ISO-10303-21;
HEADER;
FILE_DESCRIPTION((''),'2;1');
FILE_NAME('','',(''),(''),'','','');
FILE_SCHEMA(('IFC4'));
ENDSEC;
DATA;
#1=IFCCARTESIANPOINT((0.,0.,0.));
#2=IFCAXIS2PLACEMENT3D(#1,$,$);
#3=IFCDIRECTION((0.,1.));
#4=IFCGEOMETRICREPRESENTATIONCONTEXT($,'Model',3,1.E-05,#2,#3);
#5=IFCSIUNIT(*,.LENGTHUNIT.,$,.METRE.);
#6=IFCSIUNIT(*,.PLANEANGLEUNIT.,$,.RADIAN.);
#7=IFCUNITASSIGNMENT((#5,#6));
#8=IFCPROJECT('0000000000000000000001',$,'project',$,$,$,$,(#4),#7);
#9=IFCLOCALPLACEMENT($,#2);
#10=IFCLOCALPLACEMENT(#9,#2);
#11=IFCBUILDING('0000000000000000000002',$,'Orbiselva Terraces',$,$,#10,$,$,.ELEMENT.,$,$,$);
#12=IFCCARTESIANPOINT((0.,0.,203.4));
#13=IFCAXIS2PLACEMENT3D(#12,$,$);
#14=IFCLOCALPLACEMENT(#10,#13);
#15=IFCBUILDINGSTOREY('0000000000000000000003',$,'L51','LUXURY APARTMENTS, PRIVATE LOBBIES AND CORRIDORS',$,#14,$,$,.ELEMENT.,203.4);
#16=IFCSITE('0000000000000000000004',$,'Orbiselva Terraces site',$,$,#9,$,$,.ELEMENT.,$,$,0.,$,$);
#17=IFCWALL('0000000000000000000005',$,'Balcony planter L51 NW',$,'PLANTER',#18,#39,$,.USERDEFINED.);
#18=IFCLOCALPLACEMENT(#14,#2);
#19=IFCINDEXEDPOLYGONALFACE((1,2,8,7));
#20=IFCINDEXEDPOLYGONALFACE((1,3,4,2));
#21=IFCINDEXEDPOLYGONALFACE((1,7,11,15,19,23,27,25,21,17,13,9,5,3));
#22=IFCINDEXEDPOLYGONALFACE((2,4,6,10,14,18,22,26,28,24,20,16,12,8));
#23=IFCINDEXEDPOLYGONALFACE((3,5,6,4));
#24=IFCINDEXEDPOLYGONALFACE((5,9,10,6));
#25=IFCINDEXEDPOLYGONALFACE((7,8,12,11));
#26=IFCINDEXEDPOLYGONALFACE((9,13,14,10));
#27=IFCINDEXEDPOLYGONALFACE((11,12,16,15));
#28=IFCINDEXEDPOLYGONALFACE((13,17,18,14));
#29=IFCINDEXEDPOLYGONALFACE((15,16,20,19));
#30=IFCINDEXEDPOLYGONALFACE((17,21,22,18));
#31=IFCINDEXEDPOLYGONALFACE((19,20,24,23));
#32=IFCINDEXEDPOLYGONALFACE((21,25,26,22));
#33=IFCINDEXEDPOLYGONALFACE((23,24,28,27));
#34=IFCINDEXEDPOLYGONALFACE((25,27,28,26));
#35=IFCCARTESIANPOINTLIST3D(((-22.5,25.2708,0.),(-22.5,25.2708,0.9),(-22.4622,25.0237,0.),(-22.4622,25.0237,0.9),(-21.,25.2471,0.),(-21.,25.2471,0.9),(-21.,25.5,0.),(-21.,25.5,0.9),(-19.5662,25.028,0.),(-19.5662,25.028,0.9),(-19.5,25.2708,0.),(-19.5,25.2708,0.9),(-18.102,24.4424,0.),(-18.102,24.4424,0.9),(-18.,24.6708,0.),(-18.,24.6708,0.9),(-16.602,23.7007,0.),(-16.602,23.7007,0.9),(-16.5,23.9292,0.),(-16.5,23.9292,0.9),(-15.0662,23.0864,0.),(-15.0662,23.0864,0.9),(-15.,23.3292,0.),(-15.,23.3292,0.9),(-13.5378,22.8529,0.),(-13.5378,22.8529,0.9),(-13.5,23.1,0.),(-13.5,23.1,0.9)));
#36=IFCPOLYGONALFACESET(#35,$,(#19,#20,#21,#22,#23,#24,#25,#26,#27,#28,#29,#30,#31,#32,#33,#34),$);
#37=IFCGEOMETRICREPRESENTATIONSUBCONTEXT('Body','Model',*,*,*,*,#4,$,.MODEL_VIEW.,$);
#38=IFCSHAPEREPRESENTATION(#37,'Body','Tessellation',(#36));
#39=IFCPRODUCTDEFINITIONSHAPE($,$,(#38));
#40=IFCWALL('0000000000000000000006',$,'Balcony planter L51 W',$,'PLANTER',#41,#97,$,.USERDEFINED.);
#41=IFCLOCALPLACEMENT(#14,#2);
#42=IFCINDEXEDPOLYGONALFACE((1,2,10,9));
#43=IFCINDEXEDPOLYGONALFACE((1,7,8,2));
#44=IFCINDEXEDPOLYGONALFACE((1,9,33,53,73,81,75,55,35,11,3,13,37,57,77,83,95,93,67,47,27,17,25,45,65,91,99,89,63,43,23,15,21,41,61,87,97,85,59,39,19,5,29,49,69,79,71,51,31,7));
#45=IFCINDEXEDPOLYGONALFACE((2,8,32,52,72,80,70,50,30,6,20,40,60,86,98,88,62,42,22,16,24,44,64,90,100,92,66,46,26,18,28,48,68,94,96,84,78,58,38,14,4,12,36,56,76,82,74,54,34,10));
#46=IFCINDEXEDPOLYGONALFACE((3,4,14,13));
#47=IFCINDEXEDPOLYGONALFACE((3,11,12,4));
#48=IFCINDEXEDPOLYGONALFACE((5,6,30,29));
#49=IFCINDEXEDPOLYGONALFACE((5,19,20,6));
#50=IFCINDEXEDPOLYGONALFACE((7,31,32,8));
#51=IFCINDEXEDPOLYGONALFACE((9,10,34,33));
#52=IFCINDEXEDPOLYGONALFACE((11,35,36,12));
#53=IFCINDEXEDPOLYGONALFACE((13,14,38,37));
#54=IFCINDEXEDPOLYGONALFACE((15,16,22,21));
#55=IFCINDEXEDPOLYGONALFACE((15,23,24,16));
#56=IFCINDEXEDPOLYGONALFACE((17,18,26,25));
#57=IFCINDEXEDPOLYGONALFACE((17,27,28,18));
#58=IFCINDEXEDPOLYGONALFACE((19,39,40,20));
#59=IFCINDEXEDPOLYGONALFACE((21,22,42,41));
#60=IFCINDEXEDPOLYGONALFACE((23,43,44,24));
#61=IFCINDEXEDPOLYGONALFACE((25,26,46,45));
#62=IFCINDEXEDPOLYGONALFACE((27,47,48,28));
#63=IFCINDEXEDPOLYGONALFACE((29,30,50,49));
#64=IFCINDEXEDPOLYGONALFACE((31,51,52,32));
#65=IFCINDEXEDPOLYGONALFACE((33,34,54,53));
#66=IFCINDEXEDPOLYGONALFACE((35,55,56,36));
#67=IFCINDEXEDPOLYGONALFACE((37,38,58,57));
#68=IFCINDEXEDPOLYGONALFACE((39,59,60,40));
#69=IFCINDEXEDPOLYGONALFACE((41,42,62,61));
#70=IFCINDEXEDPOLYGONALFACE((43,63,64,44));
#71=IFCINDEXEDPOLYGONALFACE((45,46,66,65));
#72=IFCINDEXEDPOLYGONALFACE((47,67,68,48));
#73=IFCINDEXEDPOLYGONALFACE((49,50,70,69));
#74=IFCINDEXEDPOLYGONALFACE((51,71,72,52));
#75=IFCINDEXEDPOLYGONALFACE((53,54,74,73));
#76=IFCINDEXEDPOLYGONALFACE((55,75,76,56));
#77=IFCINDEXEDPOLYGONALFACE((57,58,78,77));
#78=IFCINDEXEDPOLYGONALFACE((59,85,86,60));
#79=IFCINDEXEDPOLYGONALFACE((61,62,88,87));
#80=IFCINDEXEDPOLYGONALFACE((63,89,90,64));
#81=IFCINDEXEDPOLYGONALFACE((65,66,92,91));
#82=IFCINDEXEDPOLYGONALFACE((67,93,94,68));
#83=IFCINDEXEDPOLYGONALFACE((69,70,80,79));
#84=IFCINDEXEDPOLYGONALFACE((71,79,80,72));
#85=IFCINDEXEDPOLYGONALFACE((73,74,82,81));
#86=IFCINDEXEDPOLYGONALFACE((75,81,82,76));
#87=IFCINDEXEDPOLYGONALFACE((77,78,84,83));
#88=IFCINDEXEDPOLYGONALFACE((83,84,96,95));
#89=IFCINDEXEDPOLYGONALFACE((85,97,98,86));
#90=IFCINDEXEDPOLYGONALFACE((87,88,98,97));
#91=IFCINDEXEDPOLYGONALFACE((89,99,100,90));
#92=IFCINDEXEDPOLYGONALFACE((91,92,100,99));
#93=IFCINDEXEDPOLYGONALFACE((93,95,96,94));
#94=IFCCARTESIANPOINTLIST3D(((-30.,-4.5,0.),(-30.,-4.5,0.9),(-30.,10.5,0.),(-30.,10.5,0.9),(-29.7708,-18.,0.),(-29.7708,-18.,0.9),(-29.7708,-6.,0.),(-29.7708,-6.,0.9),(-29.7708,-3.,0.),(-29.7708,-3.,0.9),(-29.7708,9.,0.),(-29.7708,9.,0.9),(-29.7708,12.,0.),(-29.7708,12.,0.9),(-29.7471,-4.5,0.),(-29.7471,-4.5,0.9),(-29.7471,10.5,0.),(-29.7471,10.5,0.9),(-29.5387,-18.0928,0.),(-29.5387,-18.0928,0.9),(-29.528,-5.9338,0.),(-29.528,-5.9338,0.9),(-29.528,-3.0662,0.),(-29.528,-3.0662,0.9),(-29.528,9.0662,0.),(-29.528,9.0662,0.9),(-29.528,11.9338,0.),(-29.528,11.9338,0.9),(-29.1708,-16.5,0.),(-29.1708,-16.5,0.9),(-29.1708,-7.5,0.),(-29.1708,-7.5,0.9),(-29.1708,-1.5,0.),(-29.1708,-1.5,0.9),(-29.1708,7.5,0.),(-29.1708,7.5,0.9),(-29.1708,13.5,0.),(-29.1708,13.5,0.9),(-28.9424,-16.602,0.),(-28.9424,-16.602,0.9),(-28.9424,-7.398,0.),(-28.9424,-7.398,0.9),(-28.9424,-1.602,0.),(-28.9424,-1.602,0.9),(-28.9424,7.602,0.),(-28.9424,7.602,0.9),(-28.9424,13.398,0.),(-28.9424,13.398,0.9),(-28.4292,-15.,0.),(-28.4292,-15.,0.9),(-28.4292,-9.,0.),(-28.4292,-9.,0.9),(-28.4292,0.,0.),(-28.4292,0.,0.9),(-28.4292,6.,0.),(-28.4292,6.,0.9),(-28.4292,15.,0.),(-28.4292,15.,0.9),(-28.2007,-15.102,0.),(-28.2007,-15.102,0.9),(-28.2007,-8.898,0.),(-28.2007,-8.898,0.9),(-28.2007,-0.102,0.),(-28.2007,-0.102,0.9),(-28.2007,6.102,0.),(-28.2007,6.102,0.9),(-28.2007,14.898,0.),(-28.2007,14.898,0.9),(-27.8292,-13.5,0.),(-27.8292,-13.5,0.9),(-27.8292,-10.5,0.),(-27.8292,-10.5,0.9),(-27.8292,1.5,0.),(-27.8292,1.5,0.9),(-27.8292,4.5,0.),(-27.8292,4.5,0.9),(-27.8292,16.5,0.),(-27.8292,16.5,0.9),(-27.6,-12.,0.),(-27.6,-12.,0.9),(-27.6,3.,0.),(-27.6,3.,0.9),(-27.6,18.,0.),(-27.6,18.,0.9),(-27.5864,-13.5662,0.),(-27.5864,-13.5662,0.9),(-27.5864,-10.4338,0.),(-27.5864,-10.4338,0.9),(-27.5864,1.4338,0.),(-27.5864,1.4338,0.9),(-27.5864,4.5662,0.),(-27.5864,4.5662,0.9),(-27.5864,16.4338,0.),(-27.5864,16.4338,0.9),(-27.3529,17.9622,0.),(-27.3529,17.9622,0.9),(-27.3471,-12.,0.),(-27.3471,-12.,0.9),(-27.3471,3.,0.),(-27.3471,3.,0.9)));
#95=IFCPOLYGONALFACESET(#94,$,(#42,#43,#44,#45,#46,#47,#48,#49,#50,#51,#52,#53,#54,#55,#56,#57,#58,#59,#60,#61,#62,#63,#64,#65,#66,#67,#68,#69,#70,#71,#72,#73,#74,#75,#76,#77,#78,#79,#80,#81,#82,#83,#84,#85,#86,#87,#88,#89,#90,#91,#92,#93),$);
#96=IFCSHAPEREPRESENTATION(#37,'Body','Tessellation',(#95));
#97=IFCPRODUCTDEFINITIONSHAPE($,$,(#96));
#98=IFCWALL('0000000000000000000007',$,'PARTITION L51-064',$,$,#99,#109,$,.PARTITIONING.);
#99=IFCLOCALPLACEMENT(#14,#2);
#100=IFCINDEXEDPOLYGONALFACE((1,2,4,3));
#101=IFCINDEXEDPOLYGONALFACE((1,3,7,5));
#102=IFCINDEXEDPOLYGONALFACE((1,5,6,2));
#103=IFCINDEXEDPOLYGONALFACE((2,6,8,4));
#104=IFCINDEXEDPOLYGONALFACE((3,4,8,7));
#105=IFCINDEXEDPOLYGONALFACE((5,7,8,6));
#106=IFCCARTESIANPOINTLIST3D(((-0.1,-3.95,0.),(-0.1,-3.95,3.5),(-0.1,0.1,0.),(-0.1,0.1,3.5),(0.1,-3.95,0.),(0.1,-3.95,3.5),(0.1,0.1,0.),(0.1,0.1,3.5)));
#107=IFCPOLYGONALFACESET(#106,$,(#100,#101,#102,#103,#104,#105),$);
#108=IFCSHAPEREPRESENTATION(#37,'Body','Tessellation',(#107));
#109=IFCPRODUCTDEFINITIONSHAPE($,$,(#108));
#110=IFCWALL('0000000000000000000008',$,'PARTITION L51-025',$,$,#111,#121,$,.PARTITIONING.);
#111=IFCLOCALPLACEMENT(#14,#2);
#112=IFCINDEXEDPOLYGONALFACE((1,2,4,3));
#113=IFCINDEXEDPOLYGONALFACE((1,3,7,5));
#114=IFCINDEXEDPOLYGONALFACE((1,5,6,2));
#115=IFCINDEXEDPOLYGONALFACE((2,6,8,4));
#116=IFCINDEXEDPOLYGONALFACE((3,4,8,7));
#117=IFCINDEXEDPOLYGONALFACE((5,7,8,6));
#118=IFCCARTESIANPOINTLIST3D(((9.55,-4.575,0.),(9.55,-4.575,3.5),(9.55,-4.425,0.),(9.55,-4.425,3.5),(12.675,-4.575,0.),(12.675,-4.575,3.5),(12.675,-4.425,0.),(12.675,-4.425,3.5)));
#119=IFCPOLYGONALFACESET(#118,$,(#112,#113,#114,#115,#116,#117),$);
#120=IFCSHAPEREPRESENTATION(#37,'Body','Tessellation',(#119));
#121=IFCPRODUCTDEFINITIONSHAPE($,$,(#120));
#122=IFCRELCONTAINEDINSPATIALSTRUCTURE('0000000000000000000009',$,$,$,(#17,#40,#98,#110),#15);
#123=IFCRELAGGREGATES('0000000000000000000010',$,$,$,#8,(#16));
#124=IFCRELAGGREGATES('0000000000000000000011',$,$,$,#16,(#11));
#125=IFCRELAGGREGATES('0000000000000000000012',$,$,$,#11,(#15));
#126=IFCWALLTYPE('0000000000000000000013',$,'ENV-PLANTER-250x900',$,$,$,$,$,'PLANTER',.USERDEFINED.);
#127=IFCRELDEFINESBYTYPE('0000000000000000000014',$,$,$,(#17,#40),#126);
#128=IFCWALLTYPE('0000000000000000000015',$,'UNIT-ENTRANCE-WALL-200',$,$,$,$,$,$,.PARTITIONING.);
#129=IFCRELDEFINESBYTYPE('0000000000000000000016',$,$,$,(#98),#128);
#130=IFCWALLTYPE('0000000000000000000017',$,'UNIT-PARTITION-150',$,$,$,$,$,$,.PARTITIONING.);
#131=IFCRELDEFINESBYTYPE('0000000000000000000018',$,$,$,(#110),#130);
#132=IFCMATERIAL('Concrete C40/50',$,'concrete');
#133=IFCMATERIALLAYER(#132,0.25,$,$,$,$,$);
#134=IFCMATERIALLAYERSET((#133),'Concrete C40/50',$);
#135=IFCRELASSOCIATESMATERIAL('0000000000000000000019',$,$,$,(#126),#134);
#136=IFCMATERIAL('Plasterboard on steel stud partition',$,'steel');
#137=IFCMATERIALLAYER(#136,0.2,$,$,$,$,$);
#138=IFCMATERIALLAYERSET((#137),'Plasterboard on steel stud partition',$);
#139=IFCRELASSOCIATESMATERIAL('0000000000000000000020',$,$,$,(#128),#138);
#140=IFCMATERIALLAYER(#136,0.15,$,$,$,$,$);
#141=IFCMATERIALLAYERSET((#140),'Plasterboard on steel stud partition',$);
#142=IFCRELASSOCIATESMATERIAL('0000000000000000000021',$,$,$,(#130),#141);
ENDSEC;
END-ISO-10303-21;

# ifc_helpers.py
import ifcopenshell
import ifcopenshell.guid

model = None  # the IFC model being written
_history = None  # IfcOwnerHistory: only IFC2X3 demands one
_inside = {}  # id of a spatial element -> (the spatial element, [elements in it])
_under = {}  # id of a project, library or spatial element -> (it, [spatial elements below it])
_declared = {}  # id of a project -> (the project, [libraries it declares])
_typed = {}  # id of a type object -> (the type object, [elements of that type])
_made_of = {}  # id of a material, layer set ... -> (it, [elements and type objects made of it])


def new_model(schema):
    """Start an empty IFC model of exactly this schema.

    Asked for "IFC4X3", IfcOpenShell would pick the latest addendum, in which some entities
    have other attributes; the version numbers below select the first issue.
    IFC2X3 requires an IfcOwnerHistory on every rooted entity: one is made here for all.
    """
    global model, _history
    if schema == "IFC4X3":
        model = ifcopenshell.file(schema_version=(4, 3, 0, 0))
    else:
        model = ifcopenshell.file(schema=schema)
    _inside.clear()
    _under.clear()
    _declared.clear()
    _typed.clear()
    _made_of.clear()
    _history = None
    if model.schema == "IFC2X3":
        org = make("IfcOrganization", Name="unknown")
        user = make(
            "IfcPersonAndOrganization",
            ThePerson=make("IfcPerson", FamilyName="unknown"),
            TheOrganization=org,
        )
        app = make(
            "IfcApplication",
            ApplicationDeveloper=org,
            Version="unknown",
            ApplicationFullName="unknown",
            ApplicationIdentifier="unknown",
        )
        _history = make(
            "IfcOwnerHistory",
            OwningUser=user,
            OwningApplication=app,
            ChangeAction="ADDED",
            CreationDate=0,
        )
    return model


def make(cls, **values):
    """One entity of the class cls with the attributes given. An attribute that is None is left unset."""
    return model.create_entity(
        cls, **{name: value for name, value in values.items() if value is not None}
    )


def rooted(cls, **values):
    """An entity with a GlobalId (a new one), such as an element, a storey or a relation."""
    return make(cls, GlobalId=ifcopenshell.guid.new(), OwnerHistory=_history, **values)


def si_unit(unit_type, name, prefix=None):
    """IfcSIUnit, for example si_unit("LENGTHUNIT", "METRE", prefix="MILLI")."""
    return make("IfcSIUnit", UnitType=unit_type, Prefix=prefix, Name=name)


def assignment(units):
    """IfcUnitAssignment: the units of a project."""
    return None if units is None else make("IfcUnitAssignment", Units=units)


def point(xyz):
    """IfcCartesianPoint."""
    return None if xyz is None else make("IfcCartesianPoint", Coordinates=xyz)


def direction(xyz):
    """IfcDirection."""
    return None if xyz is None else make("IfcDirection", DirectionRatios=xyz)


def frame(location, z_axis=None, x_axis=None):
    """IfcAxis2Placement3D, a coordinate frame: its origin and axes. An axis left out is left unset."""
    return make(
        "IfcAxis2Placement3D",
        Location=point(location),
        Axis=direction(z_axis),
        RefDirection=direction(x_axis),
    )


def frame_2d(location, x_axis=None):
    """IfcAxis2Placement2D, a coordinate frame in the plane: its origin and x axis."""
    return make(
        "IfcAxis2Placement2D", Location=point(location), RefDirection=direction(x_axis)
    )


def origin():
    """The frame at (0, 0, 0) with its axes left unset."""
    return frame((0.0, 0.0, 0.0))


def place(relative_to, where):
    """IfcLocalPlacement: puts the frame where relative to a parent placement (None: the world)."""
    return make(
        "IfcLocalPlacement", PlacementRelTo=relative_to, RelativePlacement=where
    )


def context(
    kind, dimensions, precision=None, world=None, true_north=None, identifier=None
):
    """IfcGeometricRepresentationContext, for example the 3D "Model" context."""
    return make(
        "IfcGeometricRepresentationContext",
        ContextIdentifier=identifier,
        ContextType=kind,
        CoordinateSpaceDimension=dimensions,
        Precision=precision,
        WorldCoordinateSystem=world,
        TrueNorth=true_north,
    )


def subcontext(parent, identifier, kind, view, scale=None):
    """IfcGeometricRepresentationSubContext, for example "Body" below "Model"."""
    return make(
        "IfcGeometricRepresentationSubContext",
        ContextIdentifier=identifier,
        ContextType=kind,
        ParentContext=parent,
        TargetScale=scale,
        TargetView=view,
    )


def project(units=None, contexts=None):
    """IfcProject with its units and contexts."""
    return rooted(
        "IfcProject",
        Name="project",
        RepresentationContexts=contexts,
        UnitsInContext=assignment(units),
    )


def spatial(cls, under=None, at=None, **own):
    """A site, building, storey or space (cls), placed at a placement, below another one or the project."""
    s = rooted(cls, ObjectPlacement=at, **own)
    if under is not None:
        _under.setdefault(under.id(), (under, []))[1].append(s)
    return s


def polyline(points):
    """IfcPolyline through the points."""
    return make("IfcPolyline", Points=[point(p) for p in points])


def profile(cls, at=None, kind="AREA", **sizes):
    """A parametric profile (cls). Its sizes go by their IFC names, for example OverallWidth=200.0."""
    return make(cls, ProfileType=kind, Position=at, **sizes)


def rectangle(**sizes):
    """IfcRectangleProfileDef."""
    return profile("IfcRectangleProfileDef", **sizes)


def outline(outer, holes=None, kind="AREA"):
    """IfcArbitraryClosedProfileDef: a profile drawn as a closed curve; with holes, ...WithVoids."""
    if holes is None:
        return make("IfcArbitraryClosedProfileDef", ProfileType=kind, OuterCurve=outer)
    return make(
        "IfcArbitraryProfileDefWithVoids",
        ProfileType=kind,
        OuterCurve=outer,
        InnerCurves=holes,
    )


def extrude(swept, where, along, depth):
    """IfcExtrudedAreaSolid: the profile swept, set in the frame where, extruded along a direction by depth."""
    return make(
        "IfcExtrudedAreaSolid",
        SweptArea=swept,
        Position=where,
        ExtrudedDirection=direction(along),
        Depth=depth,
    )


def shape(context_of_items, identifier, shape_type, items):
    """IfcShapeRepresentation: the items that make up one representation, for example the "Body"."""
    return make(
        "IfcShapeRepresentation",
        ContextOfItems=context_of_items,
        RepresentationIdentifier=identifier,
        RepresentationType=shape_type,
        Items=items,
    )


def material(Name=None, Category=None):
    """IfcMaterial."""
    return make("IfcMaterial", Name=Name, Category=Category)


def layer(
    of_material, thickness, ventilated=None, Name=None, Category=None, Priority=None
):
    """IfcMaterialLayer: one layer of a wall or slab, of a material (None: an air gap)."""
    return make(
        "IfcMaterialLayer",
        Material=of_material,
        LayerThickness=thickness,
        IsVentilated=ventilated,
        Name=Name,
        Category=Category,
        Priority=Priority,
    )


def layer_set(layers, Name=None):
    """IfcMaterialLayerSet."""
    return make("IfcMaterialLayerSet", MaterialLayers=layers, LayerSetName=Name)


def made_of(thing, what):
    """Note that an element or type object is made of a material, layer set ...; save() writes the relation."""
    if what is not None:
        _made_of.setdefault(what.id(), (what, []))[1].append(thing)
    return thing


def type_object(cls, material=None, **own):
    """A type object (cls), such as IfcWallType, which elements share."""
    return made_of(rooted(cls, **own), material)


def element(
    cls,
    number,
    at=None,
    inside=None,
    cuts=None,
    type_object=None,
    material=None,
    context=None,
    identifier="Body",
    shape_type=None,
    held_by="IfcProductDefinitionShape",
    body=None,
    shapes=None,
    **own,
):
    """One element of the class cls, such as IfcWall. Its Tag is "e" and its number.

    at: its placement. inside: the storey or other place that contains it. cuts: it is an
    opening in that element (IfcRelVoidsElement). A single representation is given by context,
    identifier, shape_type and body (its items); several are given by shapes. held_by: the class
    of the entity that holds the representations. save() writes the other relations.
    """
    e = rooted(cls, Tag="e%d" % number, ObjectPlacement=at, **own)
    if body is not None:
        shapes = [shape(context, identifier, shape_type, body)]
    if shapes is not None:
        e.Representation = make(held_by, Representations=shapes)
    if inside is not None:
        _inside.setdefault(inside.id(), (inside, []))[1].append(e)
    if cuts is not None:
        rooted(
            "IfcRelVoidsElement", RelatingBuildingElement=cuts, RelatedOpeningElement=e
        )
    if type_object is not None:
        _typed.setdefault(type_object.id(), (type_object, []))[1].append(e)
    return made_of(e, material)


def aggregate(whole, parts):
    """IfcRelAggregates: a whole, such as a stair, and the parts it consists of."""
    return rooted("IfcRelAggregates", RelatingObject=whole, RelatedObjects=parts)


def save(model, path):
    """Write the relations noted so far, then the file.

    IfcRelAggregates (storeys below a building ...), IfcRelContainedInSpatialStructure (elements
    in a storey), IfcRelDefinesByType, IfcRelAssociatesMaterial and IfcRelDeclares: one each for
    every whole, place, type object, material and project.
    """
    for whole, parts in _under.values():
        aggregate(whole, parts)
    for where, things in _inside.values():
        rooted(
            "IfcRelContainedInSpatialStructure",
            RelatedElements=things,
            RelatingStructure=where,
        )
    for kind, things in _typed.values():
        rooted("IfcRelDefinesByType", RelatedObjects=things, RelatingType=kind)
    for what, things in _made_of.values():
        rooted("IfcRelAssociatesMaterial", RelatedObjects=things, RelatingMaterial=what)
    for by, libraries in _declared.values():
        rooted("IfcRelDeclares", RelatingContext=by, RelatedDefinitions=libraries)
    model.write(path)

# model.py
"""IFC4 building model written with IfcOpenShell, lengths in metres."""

from ifc_helpers import new_model, si_unit, direction, frame, frame_2d, origin, place, context, subcontext, project, spatial, polyline, rectangle, outline, extrude, material, layer, layer_set, type_object, element, save


model = new_model("IFC4")

# Units and contexts
model_context = context("Model", 3, precision=1e-05, world=origin(), true_north=direction((0.0, 1.0)))
body_context = subcontext(model_context, "Body", "Model", "MODEL_VIEW")
ifc_project = project(units=[si_unit("LENGTHUNIT", "METRE"), si_unit("PLANEANGLEUNIT", "RADIAN")], contexts=[model_context])

# Site, building, storey
site_placement = place(None, origin())
site = spatial("IfcSite", under=ifc_project, at=site_placement, Name="Orbiselva Terraces site", CompositionType="ELEMENT", RefElevation=0.0)
building_placement = place(site_placement, origin())
building = spatial("IfcBuilding", under=site, at=building_placement, Name="Orbiselva Terraces", CompositionType="ELEMENT")
storey_placement = place(building_placement, frame((0.0, 0.0, 203.4)))
storey = spatial("IfcBuildingStorey", under=building, at=storey_placement, Name="L51", Description="LUXURY APARTMENTS, PRIVATE LOBBIES AND CORRIDORS", CompositionType="ELEMENT", Elevation=203.4)

# Shared definitions
ifc_material_1 = material(Name="Concrete C40/50", Category="concrete")

# Walls
ifc_layer_1 = layer(ifc_material_1, 0.25)
ifc_layer_set_1 = layer_set([ifc_layer_1], Name="Concrete C40/50")
wall_type_1 = type_object("IfcWallType", Name="ENV-PLANTER-250x900", ElementType="PLANTER", PredefinedType="USERDEFINED", material=ifc_layer_set_1)
wall_1_placement = place(storey_placement, origin())
element("IfcWall", 1, at=wall_1_placement, inside=storey, type_object=wall_type_1, Name="Balcony planter L51 NW", ObjectType="PLANTER", PredefinedType="USERDEFINED", context=body_context, shape_type="SweptSolid", body=[
    extrude(outline(polyline([(-13.5, 23.1), (-15.0, 23.3292), (-16.5, 23.9292), (-18.0, 24.6708), (-19.5, 25.2708), (-21.0, 25.5), (-22.5, 25.2708), (-22.4622, 25.0237), (-21.0, 25.2471), (-19.5662, 25.028), (-18.102, 24.4424), (-16.602, 23.7007), (-15.0662, 23.0864), (-13.5378, 22.8529), (-13.5, 23.1)])), origin(), (0.0, 0.0, 1.0), 0.9),
])
wall_2_placement = place(storey_placement, origin())
element("IfcWall", 2, at=wall_2_placement, inside=storey, type_object=wall_type_1, Name="Balcony planter L51 W", ObjectType="PLANTER", PredefinedType="USERDEFINED", context=body_context, shape_type="SweptSolid", body=[
    extrude(outline(polyline([(-27.6, 18.0), (-27.8292, 16.5), (-28.4292, 15.0), (-29.1708, 13.5), (-29.7708, 12.0), (-30.0, 10.5), (-29.7708, 9.0), (-29.1708, 7.5), (-28.4292, 6.0), (-27.8292, 4.5), (-27.6, 3.0), (-27.8292, 1.5), (-28.4292, 0.0), (-29.1708, -1.5), (-29.7708, -3.0), (-30.0, -4.5), (-29.7708, -6.0), (-29.1708, -7.5), (-28.4292, -9.0), (-27.8292, -10.5), (-27.6, -12.0), (-27.8292, -13.5), (-28.4292, -15.0), (-29.1708, -16.5), (-29.7708, -18.0), (-29.5387, -18.0928), (-28.9424, -16.602), (-28.2007, -15.102), (-27.5864, -13.5662), (-27.3471, -12.0), (-27.5864, -10.4338), (-28.2007, -8.898), (-28.9424, -7.398), (-29.528, -5.9338), (-29.7471, -4.5), (-29.528, -3.0662), (-28.9424, -1.602), (-28.2007, -0.102), (-27.5864, 1.4338), (-27.3471, 3.0), (-27.5864, 4.5662), (-28.2007, 6.102), (-28.9424, 7.602), (-29.528, 9.0662), (-29.7471, 10.5), (-29.528, 11.9338), (-28.9424, 13.398), (-28.2007, 14.898), (-27.5864, 16.4338), (-27.3529, 17.9622), (-27.6, 18.0)])), origin(), (0.0, 0.0, 1.0), 0.9),
])
ifc_material_2 = material(Name="Plasterboard on steel stud partition", Category="steel")
ifc_layer_2 = layer(ifc_material_2, 0.2)
ifc_layer_set_2 = layer_set([ifc_layer_2], Name="Plasterboard on steel stud partition")
wall_type_2 = type_object("IfcWallType", Name="UNIT-ENTRANCE-WALL-200", PredefinedType="PARTITIONING", material=ifc_layer_set_2)
wall_3_placement = place(storey_placement, frame((0.0, -3.95, 0.0), z_axis=(0.0, 0.0, 1.0), x_axis=(0.0, 1.0, 0.0)))
element("IfcWall", 3, at=wall_3_placement, inside=storey, type_object=wall_type_2, Name="PARTITION L51-064", PredefinedType="PARTITIONING", context=body_context, shape_type="SweptSolid", body=[
    extrude(rectangle(XDim=4.05, YDim=0.2, at=frame_2d((2.025, 0.0))), origin(), (0.0, 0.0, 1.0), 3.5),
])
ifc_layer_3 = layer(ifc_material_2, 0.15)
ifc_layer_set_3 = layer_set([ifc_layer_3], Name="Plasterboard on steel stud partition")
wall_type_3 = type_object("IfcWallType", Name="UNIT-PARTITION-150", PredefinedType="PARTITIONING", material=ifc_layer_set_3)
wall_4_placement = place(storey_placement, frame((9.55, -4.5, 0.0), z_axis=(0.0, 0.0, 1.0), x_axis=(1.0, 0.0, 0.0)))
element("IfcWall", 4, at=wall_4_placement, inside=storey, type_object=wall_type_3, Name="PARTITION L51-025", PredefinedType="PARTITIONING", context=body_context, shape_type="SweptSolid", body=[
    extrude(rectangle(XDim=3.125, YDim=0.15, at=frame_2d((1.5625, 0.0))), origin(), (0.0, 0.0, 1.0), 3.5),
])

save(model, "model.ifc")
